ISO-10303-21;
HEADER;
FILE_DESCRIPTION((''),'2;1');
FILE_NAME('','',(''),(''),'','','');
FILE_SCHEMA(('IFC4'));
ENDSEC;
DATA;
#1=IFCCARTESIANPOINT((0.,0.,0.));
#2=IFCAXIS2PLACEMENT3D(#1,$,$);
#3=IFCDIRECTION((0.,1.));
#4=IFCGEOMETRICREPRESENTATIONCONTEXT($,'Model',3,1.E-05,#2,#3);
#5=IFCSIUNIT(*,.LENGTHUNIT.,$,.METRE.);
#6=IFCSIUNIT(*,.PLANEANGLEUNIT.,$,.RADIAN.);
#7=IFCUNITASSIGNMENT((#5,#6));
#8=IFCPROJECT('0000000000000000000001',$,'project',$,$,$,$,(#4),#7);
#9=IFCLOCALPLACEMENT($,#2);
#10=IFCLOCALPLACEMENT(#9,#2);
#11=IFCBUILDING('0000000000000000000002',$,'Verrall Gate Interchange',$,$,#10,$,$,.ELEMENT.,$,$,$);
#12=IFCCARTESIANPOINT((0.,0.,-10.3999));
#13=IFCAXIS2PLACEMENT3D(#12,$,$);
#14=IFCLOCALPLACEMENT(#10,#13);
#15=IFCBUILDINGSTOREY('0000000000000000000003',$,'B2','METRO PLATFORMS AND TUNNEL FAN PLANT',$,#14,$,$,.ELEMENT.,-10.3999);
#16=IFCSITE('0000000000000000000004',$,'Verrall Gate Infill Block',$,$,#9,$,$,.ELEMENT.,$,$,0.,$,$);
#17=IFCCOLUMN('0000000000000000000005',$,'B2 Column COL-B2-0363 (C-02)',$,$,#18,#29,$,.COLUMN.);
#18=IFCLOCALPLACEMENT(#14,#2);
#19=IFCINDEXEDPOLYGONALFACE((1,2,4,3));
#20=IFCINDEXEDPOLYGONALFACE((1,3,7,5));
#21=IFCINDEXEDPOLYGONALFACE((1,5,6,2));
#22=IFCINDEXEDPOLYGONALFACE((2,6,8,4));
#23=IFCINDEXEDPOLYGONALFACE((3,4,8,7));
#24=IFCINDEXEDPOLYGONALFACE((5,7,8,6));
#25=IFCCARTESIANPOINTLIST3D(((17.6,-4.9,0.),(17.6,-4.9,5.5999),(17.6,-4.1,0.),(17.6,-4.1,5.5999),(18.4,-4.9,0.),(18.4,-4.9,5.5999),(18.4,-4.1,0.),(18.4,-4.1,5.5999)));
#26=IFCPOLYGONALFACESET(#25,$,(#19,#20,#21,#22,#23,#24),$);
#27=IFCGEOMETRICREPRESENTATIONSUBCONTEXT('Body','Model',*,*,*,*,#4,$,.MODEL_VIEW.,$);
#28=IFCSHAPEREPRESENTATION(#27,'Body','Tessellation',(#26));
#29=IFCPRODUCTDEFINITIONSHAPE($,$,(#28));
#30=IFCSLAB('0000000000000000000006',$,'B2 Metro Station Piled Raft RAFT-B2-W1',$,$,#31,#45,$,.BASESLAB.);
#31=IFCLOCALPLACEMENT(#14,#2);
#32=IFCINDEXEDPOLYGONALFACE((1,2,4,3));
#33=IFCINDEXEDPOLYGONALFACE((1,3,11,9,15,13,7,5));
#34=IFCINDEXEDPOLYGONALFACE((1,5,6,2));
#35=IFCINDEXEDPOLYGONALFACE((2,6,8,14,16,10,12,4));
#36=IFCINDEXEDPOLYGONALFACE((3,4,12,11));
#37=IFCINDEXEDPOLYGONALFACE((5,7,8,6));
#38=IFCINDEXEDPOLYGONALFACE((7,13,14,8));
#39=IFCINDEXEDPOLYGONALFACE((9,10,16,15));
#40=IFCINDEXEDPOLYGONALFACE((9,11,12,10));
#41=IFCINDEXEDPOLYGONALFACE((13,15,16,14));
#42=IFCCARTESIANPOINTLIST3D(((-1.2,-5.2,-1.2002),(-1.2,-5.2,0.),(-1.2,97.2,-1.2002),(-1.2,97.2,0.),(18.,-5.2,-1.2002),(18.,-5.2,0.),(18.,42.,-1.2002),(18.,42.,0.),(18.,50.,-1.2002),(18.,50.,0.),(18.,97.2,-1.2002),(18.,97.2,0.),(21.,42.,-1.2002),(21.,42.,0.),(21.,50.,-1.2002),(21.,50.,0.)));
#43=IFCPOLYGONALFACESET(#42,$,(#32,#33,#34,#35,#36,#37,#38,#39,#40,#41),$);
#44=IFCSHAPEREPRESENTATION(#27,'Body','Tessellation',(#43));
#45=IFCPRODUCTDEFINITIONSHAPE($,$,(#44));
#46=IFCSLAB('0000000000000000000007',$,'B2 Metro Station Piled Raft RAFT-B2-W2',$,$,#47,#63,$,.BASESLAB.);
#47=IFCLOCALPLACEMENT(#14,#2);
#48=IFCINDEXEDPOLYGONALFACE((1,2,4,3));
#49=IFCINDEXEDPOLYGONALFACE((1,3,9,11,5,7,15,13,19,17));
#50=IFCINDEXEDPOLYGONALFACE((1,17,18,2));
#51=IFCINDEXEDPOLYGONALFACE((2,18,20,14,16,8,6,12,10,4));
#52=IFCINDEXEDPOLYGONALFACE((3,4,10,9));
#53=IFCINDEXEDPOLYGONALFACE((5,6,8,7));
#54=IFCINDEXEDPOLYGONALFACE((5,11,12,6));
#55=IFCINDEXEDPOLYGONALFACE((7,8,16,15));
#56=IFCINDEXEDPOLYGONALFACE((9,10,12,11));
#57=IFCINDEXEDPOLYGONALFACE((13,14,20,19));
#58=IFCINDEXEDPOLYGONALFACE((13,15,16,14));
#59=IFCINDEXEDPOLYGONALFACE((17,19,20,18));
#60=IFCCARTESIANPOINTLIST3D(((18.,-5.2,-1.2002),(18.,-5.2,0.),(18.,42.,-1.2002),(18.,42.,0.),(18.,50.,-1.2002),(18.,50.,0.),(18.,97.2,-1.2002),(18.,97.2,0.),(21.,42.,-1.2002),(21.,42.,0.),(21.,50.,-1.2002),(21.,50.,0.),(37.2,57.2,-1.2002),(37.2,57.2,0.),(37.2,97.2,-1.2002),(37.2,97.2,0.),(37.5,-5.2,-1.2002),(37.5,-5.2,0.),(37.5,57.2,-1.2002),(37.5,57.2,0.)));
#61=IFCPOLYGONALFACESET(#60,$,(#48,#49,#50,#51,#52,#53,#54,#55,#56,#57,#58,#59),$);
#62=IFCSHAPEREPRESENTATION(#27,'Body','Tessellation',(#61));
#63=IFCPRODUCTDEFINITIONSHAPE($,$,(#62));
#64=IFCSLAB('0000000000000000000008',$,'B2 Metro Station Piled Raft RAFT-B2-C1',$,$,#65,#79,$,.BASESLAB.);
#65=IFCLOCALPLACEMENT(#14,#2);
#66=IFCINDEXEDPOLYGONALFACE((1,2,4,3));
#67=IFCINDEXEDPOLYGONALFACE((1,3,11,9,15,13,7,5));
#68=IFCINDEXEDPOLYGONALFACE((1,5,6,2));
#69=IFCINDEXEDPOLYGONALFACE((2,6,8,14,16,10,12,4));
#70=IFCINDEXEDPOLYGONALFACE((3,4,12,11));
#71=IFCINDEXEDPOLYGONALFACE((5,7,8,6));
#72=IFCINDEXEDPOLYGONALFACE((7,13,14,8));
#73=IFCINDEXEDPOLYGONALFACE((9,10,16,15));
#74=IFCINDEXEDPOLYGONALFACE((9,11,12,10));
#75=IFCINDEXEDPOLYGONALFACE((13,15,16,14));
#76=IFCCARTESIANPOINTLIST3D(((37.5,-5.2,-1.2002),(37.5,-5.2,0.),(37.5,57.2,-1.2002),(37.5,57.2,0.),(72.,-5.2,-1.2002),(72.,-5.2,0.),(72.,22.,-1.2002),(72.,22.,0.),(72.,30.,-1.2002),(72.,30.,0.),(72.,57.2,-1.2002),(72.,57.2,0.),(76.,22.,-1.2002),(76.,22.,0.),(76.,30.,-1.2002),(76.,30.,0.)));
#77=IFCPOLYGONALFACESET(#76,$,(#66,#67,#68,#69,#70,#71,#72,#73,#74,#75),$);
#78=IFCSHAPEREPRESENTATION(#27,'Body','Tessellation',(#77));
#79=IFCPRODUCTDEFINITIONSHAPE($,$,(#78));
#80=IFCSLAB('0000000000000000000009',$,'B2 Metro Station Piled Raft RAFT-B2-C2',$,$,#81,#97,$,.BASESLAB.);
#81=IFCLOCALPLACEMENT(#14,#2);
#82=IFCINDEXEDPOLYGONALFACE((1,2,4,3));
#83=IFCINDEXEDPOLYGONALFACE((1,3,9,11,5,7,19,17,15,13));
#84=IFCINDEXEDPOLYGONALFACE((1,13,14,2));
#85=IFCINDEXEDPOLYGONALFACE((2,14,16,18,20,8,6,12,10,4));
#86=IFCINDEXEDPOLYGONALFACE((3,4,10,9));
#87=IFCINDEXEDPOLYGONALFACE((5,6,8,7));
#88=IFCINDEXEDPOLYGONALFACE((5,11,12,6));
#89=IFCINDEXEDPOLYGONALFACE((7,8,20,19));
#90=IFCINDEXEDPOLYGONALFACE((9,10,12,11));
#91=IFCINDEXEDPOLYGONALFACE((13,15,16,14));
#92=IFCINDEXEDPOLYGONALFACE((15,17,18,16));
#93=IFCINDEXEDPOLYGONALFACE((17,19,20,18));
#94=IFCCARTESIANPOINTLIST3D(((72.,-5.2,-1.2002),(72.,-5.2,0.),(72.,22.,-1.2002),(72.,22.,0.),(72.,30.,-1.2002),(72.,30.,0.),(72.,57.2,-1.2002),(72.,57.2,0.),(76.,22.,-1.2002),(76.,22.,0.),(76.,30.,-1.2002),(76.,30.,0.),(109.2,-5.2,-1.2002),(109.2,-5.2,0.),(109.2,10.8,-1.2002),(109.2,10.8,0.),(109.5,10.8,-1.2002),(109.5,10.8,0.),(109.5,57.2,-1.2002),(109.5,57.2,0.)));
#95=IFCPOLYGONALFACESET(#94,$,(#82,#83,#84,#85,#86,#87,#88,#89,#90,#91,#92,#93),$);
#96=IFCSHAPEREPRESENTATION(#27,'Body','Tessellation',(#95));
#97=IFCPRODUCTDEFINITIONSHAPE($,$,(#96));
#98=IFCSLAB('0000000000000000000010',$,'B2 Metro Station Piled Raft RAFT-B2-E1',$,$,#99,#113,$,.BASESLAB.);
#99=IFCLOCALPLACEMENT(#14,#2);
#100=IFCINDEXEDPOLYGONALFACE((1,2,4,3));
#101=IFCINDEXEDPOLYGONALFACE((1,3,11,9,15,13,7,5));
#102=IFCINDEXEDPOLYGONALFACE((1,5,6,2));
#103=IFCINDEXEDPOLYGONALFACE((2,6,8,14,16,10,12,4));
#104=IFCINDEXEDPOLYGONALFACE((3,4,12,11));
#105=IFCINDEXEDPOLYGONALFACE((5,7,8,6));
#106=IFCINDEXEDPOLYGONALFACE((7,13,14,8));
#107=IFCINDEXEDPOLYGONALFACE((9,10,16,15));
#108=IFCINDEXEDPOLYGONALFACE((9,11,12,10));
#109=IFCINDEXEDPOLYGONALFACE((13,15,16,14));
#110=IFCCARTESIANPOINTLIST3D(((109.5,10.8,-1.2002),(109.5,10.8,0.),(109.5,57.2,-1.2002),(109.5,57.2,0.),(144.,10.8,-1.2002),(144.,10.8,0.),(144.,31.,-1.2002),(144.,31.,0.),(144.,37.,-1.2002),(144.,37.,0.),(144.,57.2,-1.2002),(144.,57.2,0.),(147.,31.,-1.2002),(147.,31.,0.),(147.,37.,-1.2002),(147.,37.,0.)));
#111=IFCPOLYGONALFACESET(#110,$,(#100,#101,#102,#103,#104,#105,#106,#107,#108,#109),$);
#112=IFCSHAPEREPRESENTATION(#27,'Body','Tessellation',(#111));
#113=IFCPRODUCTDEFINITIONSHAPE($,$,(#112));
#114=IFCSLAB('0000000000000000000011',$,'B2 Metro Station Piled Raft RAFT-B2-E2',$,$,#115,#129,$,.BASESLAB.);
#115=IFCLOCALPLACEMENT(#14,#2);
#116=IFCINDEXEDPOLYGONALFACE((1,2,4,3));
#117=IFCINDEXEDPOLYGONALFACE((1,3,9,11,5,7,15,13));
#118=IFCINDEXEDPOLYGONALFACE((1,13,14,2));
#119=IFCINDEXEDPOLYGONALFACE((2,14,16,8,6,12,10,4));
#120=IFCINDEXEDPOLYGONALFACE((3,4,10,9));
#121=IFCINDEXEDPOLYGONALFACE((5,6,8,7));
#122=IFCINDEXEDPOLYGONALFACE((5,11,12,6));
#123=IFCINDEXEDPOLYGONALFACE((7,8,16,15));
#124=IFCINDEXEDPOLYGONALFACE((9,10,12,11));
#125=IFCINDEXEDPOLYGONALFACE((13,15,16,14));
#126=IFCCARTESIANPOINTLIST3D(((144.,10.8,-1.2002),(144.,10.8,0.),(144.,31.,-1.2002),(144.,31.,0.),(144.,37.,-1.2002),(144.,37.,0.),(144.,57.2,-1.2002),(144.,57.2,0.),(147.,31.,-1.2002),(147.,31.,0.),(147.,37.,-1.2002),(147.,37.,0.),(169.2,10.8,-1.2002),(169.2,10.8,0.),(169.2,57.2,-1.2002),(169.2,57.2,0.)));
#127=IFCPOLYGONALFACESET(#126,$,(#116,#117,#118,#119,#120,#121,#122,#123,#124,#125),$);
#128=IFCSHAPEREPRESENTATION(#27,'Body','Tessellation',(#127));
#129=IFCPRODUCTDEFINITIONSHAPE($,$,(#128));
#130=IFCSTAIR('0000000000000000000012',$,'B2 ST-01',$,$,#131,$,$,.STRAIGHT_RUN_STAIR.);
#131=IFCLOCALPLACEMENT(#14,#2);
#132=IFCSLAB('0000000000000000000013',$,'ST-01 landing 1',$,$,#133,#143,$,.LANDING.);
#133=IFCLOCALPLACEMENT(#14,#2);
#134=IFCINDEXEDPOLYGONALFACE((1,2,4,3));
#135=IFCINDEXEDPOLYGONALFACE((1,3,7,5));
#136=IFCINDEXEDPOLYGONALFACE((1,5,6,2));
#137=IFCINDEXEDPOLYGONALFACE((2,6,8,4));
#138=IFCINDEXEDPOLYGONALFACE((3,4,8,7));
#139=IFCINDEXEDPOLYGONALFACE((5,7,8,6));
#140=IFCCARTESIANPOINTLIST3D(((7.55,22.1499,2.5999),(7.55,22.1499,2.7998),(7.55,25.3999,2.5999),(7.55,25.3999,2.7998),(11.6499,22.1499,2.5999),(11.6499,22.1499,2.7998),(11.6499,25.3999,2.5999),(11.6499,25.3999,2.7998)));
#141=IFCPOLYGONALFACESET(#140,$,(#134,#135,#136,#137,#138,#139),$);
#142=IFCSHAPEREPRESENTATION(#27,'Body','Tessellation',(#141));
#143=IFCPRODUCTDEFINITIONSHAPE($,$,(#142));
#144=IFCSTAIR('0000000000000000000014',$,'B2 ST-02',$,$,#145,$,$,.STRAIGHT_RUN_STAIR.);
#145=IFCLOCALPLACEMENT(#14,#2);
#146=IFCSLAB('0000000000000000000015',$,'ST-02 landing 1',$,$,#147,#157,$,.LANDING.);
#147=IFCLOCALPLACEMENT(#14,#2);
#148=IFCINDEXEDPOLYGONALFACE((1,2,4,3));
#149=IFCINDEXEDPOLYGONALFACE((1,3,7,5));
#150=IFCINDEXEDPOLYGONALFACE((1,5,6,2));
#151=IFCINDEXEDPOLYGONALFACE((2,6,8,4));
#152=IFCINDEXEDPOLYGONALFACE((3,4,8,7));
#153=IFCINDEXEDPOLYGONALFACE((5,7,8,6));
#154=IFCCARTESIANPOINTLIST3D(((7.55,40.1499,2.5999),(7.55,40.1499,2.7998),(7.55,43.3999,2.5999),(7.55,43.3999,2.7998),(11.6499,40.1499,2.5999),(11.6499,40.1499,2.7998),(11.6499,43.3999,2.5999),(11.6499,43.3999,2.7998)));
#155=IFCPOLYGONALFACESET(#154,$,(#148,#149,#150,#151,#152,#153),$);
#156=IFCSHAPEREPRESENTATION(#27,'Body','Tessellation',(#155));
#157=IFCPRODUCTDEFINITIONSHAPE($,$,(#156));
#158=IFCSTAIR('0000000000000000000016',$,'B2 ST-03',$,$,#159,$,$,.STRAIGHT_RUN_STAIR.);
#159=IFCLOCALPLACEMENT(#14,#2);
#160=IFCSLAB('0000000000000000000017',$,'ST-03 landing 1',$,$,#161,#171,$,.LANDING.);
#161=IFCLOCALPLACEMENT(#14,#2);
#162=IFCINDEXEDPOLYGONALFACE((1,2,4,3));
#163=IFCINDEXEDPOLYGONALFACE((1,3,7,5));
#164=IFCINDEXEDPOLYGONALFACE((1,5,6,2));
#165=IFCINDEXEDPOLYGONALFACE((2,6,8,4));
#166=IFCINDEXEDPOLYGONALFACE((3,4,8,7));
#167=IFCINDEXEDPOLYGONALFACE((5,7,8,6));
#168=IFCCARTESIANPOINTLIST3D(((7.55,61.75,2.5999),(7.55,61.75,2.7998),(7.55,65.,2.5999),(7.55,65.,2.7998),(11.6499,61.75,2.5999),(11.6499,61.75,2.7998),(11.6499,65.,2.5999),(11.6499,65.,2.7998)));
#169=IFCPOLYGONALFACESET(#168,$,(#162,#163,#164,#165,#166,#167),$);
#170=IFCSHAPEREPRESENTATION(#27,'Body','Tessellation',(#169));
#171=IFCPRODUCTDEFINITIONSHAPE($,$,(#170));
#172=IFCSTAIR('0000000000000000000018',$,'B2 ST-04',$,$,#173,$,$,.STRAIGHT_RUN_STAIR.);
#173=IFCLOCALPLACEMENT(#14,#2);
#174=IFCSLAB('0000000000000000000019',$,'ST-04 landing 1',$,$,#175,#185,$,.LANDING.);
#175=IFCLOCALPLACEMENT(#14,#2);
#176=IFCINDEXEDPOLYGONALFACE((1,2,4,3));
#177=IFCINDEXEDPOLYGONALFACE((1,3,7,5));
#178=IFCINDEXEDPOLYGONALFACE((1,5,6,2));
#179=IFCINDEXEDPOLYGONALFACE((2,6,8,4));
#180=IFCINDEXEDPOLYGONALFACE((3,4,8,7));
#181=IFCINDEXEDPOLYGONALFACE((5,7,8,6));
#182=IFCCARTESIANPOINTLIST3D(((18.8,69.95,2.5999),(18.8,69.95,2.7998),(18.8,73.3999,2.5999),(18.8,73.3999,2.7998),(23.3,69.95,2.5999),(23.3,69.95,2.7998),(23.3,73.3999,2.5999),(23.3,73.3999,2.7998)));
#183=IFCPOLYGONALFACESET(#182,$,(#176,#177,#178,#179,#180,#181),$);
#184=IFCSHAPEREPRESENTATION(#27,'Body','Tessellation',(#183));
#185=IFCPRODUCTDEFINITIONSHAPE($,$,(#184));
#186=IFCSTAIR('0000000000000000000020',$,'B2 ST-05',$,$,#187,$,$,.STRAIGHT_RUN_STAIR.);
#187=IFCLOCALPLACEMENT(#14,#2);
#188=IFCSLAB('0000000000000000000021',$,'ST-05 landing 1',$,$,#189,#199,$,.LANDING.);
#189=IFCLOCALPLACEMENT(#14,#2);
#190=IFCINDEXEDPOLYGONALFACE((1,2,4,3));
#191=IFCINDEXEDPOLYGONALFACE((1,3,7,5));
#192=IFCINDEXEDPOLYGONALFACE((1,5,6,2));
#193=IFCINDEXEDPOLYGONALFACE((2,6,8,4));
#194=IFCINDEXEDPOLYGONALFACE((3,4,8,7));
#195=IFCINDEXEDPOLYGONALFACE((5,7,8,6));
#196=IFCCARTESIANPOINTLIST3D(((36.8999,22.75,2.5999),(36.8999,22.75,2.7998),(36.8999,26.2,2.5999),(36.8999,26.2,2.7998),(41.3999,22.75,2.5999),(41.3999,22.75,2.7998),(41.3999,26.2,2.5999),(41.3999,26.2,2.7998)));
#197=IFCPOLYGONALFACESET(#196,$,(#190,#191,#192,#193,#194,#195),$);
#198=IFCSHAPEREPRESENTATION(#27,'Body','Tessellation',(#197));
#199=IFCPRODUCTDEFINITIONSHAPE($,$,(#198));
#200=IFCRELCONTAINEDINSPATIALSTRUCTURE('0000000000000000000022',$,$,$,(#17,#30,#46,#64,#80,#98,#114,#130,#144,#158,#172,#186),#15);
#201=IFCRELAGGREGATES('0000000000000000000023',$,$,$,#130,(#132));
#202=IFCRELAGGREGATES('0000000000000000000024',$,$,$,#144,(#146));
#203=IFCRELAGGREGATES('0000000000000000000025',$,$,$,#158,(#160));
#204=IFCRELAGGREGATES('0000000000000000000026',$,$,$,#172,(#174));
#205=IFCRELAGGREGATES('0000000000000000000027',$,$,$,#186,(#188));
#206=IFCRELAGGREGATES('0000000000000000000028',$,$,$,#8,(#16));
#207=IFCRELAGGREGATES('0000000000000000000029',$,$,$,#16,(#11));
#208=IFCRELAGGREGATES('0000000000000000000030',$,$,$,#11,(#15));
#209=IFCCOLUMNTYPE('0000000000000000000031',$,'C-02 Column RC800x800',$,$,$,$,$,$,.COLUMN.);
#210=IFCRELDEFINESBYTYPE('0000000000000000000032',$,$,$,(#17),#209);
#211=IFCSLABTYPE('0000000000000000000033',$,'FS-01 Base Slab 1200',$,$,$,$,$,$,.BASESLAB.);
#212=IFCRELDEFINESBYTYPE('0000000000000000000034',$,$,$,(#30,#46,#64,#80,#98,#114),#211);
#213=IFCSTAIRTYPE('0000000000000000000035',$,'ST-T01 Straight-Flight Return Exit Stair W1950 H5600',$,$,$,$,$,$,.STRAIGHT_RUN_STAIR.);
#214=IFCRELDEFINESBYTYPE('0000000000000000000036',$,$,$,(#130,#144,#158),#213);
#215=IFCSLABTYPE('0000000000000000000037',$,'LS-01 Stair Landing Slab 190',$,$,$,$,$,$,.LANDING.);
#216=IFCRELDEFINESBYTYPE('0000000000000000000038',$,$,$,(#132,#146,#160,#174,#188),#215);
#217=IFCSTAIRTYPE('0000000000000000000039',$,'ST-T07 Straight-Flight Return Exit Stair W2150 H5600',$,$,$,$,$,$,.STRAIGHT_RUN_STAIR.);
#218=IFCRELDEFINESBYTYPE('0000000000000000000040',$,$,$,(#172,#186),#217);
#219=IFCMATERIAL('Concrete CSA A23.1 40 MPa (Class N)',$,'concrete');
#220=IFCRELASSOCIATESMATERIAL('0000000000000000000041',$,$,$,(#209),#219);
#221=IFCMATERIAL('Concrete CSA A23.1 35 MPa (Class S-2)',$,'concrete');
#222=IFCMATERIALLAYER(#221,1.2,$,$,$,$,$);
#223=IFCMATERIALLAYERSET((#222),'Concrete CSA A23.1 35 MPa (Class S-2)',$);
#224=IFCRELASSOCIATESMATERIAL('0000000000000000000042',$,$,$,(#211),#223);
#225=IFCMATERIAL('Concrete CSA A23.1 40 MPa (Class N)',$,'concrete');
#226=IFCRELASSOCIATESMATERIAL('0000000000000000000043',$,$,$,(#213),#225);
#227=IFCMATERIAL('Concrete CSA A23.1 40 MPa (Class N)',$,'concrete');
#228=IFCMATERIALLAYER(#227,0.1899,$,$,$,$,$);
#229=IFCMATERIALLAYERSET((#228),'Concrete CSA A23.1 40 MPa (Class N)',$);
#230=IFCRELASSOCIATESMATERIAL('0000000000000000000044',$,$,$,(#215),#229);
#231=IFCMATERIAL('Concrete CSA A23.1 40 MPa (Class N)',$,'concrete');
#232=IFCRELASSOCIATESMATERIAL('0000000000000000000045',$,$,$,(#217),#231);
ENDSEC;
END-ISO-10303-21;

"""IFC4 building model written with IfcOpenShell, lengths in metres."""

from ifc_helpers import new_model, si_unit, direction, frame, origin, origin_2d, place, context, subcontext, project, spatial, polyline, rectangle, outline, extrude, material, layer, layer_set, material_profile, profile_set, type_object, element, aggregate, save


model = new_model("IFC4")

# Units and contexts
model_context = context("Model", 3, precision=1e-05, world=origin(), true_north=direction((0.0, 1.0)))
body_context = subcontext(model_context, "Body", "Model", "MODEL_VIEW")
ifc_project = project(units=[si_unit("LENGTHUNIT", "METRE"), si_unit("PLANEANGLEUNIT", "RADIAN")], contexts=[model_context])

# Site, building, storey
site_placement = place(None, origin())
site = spatial("IfcSite", under=ifc_project, at=site_placement, Name="Verrall Gate Infill Block", CompositionType="ELEMENT", RefElevation=0.0)
building_placement = place(site_placement, origin())
building = spatial("IfcBuilding", under=site, at=building_placement, Name="Verrall Gate Interchange", CompositionType="ELEMENT")
storey_placement = place(building_placement, frame((0.0, 0.0, -10.3999)))
storey = spatial("IfcBuildingStorey", under=building, at=storey_placement, Name="B2", Description="METRO PLATFORMS AND TUNNEL FAN PLANT", CompositionType="ELEMENT", Elevation=-10.3999)

# Column
ifc_material_1 = material(Name="Concrete CSA A23.1 40 MPa (Class N)", Category="concrete")
ifc_material_profile_1 = material_profile(ifc_material_1, rectangle(XDim=0.8, YDim=0.8, at=origin_2d()), Name="RC800x800")
ifc_profile_set_1 = profile_set([ifc_material_profile_1], Name="Concrete CSA A23.1 40 MPa (Class N)")
column_type = type_object("IfcColumnType", Name="C-02 Column RC800x800", PredefinedType="COLUMN", material=ifc_profile_set_1)
for number, where, z_axis, x_axis, name in (
    (1, (18.0, -4.5, 0.0), (0.0, 0.0, 1.0), (1.0, 0.0, 0.0), "B2 Column COL-B2-0363 (C-02)"),
):
    element("IfcColumn", number, at=place(storey_placement, frame(where, z_axis=z_axis, x_axis=x_axis)), inside=storey, type_object=column_type, Name=name, PredefinedType="COLUMN", context=body_context, shape_type="SweptSolid", body=[
        extrude(rectangle(XDim=0.8, YDim=0.8, at=origin_2d()), origin(), (0.0, 0.0, 1.0), 5.5999),
    ])

# Slabs
ifc_material_2 = material(Name="Concrete CSA A23.1 35 MPa (Class S-2)", Category="concrete")
ifc_layer_1 = layer(ifc_material_2, 1.2)
ifc_layer_set_1 = layer_set([ifc_layer_1], Name="Concrete CSA A23.1 35 MPa (Class S-2)")
slab_type_1 = type_object("IfcSlabType", Name="FS-01 Base Slab 1200", PredefinedType="BASESLAB", material=ifc_layer_set_1)
slab_1_placement = place(storey_placement, frame((0.0, 0.0, -1.2002)))
element("IfcSlab", 2, at=slab_1_placement, inside=storey, type_object=slab_type_1, Name="B2 Metro Station Piled Raft RAFT-B2-W1", PredefinedType="BASESLAB", context=body_context, shape_type="SweptSolid", body=[
    extrude(outline(polyline([(-1.2, -5.2), (-1.2, 97.2), (18.0, 97.2), (18.0, 50.0), (21.0, 50.0), (21.0, 42.0), (18.0, 42.0), (18.0, -5.2), (-1.2, -5.2)])), origin(), (0.0, 0.0, 1.0), 1.2002),
])
slab_2_placement = place(storey_placement, frame((0.0, 0.0, -1.2002)))
element("IfcSlab", 3, at=slab_2_placement, inside=storey, type_object=slab_type_1, Name="B2 Metro Station Piled Raft RAFT-B2-W2", PredefinedType="BASESLAB", context=body_context, shape_type="SweptSolid", body=[
    extrude(outline(polyline([(18.0, -5.2), (18.0, 42.0), (21.0, 42.0), (21.0, 50.0), (18.0, 50.0), (18.0, 97.2), (37.2, 97.2), (37.2, 57.2), (37.5, 57.2), (37.5, -5.2), (18.0, -5.2)])), origin(), (0.0, 0.0, 1.0), 1.2002),
])
slab_3_placement = place(storey_placement, frame((0.0, 0.0, -1.2002)))
element("IfcSlab", 4, at=slab_3_placement, inside=storey, type_object=slab_type_1, Name="B2 Metro Station Piled Raft RAFT-B2-C1", PredefinedType="BASESLAB", context=body_context, shape_type="SweptSolid", body=[
    extrude(outline(polyline([(37.5, -5.2), (37.5, 57.2), (72.0, 57.2), (72.0, 30.0), (76.0, 30.0), (76.0, 22.0), (72.0, 22.0), (72.0, -5.2), (37.5, -5.2)])), origin(), (0.0, 0.0, 1.0), 1.2002),
])
slab_4_placement = place(storey_placement, frame((0.0, 0.0, -1.2002)))
element("IfcSlab", 5, at=slab_4_placement, inside=storey, type_object=slab_type_1, Name="B2 Metro Station Piled Raft RAFT-B2-C2", PredefinedType="BASESLAB", context=body_context, shape_type="SweptSolid", body=[
    extrude(outline(polyline([(72.0, -5.2), (72.0, 22.0), (76.0, 22.0), (76.0, 30.0), (72.0, 30.0), (72.0, 57.2), (109.5, 57.2), (109.5, 10.8), (109.2, 10.8), (109.2, -5.2), (72.0, -5.2)])), origin(), (0.0, 0.0, 1.0), 1.2002),
])
slab_5_placement = place(storey_placement, frame((0.0, 0.0, -1.2002)))
element("IfcSlab", 6, at=slab_5_placement, inside=storey, type_object=slab_type_1, Name="B2 Metro Station Piled Raft RAFT-B2-E1", PredefinedType="BASESLAB", context=body_context, shape_type="SweptSolid", body=[
    extrude(outline(polyline([(144.0, 57.2), (144.0, 37.0), (147.0, 37.0), (147.0, 31.0), (144.0, 31.0), (144.0, 10.8), (109.5, 10.8), (109.5, 57.2), (144.0, 57.2)])), origin(), (0.0, 0.0, 1.0), 1.2002),
])
slab_6_placement = place(storey_placement, frame((0.0, 0.0, -1.2002)))
element("IfcSlab", 7, at=slab_6_placement, inside=storey, type_object=slab_type_1, Name="B2 Metro Station Piled Raft RAFT-B2-E2", PredefinedType="BASESLAB", context=body_context, shape_type="SweptSolid", body=[
    extrude(outline(polyline([(169.2, 57.2), (169.2, 10.8), (144.0, 10.8), (144.0, 31.0), (147.0, 31.0), (147.0, 37.0), (144.0, 37.0), (144.0, 57.2), (169.2, 57.2)])), origin(), (0.0, 0.0, 1.0), 1.2002),
])

# Stairs, slabs
ifc_material_3 = material(Name="Concrete CSA A23.1 40 MPa (Class N)", Category="concrete")
stair_type_1 = type_object("IfcStairType", Name="ST-T01 Straight-Flight Return Exit Stair W1950 H5600", PredefinedType="STRAIGHT_RUN_STAIR", material=ifc_material_3)
stair_1_placement = place(storey_placement, origin())
stair_1 = element("IfcStair", 8, at=stair_1_placement, inside=storey, type_object=stair_type_1, Name="B2 ST-01", PredefinedType="STRAIGHT_RUN_STAIR")
ifc_material_4 = material(Name="Concrete CSA A23.1 40 MPa (Class N)", Category="concrete")
ifc_layer_2 = layer(ifc_material_4, 0.1899)
ifc_layer_set_2 = layer_set([ifc_layer_2], Name="Concrete CSA A23.1 40 MPa (Class N)")
slab_type_2 = type_object("IfcSlabType", Name="LS-01 Stair Landing Slab 190", PredefinedType="LANDING", material=ifc_layer_set_2)
slab_7_placement = place(storey_placement, frame((0.0, 0.0, 2.5999)))
slab_7 = element("IfcSlab", 9, at=slab_7_placement, type_object=slab_type_2, Name="ST-01 landing 1", PredefinedType="LANDING", context=body_context, shape_type="SweptSolid", body=[
    extrude(outline(polyline([(11.6499, 22.1499), (11.6499, 25.3999), (7.55, 25.3999), (7.55, 22.1499), (11.6499, 22.1499)])), origin(), (0.0, 0.0, 1.0), 0.2),
])
aggregate(stair_1, [slab_7])
stair_2_placement = place(storey_placement, origin())
stair_2 = element("IfcStair", 10, at=stair_2_placement, inside=storey, type_object=stair_type_1, Name="B2 ST-02", PredefinedType="STRAIGHT_RUN_STAIR")
slab_8_placement = place(storey_placement, frame((0.0, 0.0, 2.5999)))
slab_8 = element("IfcSlab", 11, at=slab_8_placement, type_object=slab_type_2, Name="ST-02 landing 1", PredefinedType="LANDING", context=body_context, shape_type="SweptSolid", body=[
    extrude(outline(polyline([(11.6499, 40.1499), (11.6499, 43.3999), (7.55, 43.3999), (7.55, 40.1499), (11.6499, 40.1499)])), origin(), (0.0, 0.0, 1.0), 0.2),
])
aggregate(stair_2, [slab_8])
stair_3_placement = place(storey_placement, origin())
stair_3 = element("IfcStair", 12, at=stair_3_placement, inside=storey, type_object=stair_type_1, Name="B2 ST-03", PredefinedType="STRAIGHT_RUN_STAIR")
slab_9_placement = place(storey_placement, frame((0.0, 0.0, 2.5999)))
slab_9 = element("IfcSlab", 13, at=slab_9_placement, type_object=slab_type_2, Name="ST-03 landing 1", PredefinedType="LANDING", context=body_context, shape_type="SweptSolid", body=[
    extrude(outline(polyline([(11.6499, 61.75), (11.6499, 65.0), (7.55, 65.0), (7.55, 61.75), (11.6499, 61.75)])), origin(), (0.0, 0.0, 1.0), 0.2),
])
aggregate(stair_3, [slab_9])
ifc_material_5 = material(Name="Concrete CSA A23.1 40 MPa (Class N)", Category="concrete")
stair_type_2 = type_object("IfcStairType", Name="ST-T07 Straight-Flight Return Exit Stair W2150 H5600", PredefinedType="STRAIGHT_RUN_STAIR", material=ifc_material_5)
stair_4_placement = place(storey_placement, origin())
stair_4 = element("IfcStair", 14, at=stair_4_placement, inside=storey, type_object=stair_type_2, Name="B2 ST-04", PredefinedType="STRAIGHT_RUN_STAIR")
slab_10_placement = place(storey_placement, frame((0.0, 0.0, 2.5999)))
slab_10 = element("IfcSlab", 15, at=slab_10_placement, type_object=slab_type_2, Name="ST-04 landing 1", PredefinedType="LANDING", context=body_context, shape_type="SweptSolid", body=[
    extrude(outline(polyline([(23.3, 69.95), (23.3, 73.3999), (18.8, 73.3999), (18.8, 69.95), (23.3, 69.95)])), origin(), (0.0, 0.0, 1.0), 0.2),
])
aggregate(stair_4, [slab_10])
stair_5_placement = place(storey_placement, origin())
stair_5 = element("IfcStair", 16, at=stair_5_placement, inside=storey, type_object=stair_type_2, Name="B2 ST-05", PredefinedType="STRAIGHT_RUN_STAIR")
slab_11_placement = place(storey_placement, frame((0.0, 0.0, 2.5999)))
slab_11 = element("IfcSlab", 17, at=slab_11_placement, type_object=slab_type_2, Name="ST-05 landing 1", PredefinedType="LANDING", context=body_context, shape_type="SweptSolid", body=[
    extrude(outline(polyline([(41.3999, 22.75), (41.3999, 26.2), (36.8999, 26.2), (36.8999, 22.75), (41.3999, 22.75)])), origin(), (0.0, 0.0, 1.0), 0.2),
])
aggregate(stair_5, [slab_11])

save(model, "model.ifc")
